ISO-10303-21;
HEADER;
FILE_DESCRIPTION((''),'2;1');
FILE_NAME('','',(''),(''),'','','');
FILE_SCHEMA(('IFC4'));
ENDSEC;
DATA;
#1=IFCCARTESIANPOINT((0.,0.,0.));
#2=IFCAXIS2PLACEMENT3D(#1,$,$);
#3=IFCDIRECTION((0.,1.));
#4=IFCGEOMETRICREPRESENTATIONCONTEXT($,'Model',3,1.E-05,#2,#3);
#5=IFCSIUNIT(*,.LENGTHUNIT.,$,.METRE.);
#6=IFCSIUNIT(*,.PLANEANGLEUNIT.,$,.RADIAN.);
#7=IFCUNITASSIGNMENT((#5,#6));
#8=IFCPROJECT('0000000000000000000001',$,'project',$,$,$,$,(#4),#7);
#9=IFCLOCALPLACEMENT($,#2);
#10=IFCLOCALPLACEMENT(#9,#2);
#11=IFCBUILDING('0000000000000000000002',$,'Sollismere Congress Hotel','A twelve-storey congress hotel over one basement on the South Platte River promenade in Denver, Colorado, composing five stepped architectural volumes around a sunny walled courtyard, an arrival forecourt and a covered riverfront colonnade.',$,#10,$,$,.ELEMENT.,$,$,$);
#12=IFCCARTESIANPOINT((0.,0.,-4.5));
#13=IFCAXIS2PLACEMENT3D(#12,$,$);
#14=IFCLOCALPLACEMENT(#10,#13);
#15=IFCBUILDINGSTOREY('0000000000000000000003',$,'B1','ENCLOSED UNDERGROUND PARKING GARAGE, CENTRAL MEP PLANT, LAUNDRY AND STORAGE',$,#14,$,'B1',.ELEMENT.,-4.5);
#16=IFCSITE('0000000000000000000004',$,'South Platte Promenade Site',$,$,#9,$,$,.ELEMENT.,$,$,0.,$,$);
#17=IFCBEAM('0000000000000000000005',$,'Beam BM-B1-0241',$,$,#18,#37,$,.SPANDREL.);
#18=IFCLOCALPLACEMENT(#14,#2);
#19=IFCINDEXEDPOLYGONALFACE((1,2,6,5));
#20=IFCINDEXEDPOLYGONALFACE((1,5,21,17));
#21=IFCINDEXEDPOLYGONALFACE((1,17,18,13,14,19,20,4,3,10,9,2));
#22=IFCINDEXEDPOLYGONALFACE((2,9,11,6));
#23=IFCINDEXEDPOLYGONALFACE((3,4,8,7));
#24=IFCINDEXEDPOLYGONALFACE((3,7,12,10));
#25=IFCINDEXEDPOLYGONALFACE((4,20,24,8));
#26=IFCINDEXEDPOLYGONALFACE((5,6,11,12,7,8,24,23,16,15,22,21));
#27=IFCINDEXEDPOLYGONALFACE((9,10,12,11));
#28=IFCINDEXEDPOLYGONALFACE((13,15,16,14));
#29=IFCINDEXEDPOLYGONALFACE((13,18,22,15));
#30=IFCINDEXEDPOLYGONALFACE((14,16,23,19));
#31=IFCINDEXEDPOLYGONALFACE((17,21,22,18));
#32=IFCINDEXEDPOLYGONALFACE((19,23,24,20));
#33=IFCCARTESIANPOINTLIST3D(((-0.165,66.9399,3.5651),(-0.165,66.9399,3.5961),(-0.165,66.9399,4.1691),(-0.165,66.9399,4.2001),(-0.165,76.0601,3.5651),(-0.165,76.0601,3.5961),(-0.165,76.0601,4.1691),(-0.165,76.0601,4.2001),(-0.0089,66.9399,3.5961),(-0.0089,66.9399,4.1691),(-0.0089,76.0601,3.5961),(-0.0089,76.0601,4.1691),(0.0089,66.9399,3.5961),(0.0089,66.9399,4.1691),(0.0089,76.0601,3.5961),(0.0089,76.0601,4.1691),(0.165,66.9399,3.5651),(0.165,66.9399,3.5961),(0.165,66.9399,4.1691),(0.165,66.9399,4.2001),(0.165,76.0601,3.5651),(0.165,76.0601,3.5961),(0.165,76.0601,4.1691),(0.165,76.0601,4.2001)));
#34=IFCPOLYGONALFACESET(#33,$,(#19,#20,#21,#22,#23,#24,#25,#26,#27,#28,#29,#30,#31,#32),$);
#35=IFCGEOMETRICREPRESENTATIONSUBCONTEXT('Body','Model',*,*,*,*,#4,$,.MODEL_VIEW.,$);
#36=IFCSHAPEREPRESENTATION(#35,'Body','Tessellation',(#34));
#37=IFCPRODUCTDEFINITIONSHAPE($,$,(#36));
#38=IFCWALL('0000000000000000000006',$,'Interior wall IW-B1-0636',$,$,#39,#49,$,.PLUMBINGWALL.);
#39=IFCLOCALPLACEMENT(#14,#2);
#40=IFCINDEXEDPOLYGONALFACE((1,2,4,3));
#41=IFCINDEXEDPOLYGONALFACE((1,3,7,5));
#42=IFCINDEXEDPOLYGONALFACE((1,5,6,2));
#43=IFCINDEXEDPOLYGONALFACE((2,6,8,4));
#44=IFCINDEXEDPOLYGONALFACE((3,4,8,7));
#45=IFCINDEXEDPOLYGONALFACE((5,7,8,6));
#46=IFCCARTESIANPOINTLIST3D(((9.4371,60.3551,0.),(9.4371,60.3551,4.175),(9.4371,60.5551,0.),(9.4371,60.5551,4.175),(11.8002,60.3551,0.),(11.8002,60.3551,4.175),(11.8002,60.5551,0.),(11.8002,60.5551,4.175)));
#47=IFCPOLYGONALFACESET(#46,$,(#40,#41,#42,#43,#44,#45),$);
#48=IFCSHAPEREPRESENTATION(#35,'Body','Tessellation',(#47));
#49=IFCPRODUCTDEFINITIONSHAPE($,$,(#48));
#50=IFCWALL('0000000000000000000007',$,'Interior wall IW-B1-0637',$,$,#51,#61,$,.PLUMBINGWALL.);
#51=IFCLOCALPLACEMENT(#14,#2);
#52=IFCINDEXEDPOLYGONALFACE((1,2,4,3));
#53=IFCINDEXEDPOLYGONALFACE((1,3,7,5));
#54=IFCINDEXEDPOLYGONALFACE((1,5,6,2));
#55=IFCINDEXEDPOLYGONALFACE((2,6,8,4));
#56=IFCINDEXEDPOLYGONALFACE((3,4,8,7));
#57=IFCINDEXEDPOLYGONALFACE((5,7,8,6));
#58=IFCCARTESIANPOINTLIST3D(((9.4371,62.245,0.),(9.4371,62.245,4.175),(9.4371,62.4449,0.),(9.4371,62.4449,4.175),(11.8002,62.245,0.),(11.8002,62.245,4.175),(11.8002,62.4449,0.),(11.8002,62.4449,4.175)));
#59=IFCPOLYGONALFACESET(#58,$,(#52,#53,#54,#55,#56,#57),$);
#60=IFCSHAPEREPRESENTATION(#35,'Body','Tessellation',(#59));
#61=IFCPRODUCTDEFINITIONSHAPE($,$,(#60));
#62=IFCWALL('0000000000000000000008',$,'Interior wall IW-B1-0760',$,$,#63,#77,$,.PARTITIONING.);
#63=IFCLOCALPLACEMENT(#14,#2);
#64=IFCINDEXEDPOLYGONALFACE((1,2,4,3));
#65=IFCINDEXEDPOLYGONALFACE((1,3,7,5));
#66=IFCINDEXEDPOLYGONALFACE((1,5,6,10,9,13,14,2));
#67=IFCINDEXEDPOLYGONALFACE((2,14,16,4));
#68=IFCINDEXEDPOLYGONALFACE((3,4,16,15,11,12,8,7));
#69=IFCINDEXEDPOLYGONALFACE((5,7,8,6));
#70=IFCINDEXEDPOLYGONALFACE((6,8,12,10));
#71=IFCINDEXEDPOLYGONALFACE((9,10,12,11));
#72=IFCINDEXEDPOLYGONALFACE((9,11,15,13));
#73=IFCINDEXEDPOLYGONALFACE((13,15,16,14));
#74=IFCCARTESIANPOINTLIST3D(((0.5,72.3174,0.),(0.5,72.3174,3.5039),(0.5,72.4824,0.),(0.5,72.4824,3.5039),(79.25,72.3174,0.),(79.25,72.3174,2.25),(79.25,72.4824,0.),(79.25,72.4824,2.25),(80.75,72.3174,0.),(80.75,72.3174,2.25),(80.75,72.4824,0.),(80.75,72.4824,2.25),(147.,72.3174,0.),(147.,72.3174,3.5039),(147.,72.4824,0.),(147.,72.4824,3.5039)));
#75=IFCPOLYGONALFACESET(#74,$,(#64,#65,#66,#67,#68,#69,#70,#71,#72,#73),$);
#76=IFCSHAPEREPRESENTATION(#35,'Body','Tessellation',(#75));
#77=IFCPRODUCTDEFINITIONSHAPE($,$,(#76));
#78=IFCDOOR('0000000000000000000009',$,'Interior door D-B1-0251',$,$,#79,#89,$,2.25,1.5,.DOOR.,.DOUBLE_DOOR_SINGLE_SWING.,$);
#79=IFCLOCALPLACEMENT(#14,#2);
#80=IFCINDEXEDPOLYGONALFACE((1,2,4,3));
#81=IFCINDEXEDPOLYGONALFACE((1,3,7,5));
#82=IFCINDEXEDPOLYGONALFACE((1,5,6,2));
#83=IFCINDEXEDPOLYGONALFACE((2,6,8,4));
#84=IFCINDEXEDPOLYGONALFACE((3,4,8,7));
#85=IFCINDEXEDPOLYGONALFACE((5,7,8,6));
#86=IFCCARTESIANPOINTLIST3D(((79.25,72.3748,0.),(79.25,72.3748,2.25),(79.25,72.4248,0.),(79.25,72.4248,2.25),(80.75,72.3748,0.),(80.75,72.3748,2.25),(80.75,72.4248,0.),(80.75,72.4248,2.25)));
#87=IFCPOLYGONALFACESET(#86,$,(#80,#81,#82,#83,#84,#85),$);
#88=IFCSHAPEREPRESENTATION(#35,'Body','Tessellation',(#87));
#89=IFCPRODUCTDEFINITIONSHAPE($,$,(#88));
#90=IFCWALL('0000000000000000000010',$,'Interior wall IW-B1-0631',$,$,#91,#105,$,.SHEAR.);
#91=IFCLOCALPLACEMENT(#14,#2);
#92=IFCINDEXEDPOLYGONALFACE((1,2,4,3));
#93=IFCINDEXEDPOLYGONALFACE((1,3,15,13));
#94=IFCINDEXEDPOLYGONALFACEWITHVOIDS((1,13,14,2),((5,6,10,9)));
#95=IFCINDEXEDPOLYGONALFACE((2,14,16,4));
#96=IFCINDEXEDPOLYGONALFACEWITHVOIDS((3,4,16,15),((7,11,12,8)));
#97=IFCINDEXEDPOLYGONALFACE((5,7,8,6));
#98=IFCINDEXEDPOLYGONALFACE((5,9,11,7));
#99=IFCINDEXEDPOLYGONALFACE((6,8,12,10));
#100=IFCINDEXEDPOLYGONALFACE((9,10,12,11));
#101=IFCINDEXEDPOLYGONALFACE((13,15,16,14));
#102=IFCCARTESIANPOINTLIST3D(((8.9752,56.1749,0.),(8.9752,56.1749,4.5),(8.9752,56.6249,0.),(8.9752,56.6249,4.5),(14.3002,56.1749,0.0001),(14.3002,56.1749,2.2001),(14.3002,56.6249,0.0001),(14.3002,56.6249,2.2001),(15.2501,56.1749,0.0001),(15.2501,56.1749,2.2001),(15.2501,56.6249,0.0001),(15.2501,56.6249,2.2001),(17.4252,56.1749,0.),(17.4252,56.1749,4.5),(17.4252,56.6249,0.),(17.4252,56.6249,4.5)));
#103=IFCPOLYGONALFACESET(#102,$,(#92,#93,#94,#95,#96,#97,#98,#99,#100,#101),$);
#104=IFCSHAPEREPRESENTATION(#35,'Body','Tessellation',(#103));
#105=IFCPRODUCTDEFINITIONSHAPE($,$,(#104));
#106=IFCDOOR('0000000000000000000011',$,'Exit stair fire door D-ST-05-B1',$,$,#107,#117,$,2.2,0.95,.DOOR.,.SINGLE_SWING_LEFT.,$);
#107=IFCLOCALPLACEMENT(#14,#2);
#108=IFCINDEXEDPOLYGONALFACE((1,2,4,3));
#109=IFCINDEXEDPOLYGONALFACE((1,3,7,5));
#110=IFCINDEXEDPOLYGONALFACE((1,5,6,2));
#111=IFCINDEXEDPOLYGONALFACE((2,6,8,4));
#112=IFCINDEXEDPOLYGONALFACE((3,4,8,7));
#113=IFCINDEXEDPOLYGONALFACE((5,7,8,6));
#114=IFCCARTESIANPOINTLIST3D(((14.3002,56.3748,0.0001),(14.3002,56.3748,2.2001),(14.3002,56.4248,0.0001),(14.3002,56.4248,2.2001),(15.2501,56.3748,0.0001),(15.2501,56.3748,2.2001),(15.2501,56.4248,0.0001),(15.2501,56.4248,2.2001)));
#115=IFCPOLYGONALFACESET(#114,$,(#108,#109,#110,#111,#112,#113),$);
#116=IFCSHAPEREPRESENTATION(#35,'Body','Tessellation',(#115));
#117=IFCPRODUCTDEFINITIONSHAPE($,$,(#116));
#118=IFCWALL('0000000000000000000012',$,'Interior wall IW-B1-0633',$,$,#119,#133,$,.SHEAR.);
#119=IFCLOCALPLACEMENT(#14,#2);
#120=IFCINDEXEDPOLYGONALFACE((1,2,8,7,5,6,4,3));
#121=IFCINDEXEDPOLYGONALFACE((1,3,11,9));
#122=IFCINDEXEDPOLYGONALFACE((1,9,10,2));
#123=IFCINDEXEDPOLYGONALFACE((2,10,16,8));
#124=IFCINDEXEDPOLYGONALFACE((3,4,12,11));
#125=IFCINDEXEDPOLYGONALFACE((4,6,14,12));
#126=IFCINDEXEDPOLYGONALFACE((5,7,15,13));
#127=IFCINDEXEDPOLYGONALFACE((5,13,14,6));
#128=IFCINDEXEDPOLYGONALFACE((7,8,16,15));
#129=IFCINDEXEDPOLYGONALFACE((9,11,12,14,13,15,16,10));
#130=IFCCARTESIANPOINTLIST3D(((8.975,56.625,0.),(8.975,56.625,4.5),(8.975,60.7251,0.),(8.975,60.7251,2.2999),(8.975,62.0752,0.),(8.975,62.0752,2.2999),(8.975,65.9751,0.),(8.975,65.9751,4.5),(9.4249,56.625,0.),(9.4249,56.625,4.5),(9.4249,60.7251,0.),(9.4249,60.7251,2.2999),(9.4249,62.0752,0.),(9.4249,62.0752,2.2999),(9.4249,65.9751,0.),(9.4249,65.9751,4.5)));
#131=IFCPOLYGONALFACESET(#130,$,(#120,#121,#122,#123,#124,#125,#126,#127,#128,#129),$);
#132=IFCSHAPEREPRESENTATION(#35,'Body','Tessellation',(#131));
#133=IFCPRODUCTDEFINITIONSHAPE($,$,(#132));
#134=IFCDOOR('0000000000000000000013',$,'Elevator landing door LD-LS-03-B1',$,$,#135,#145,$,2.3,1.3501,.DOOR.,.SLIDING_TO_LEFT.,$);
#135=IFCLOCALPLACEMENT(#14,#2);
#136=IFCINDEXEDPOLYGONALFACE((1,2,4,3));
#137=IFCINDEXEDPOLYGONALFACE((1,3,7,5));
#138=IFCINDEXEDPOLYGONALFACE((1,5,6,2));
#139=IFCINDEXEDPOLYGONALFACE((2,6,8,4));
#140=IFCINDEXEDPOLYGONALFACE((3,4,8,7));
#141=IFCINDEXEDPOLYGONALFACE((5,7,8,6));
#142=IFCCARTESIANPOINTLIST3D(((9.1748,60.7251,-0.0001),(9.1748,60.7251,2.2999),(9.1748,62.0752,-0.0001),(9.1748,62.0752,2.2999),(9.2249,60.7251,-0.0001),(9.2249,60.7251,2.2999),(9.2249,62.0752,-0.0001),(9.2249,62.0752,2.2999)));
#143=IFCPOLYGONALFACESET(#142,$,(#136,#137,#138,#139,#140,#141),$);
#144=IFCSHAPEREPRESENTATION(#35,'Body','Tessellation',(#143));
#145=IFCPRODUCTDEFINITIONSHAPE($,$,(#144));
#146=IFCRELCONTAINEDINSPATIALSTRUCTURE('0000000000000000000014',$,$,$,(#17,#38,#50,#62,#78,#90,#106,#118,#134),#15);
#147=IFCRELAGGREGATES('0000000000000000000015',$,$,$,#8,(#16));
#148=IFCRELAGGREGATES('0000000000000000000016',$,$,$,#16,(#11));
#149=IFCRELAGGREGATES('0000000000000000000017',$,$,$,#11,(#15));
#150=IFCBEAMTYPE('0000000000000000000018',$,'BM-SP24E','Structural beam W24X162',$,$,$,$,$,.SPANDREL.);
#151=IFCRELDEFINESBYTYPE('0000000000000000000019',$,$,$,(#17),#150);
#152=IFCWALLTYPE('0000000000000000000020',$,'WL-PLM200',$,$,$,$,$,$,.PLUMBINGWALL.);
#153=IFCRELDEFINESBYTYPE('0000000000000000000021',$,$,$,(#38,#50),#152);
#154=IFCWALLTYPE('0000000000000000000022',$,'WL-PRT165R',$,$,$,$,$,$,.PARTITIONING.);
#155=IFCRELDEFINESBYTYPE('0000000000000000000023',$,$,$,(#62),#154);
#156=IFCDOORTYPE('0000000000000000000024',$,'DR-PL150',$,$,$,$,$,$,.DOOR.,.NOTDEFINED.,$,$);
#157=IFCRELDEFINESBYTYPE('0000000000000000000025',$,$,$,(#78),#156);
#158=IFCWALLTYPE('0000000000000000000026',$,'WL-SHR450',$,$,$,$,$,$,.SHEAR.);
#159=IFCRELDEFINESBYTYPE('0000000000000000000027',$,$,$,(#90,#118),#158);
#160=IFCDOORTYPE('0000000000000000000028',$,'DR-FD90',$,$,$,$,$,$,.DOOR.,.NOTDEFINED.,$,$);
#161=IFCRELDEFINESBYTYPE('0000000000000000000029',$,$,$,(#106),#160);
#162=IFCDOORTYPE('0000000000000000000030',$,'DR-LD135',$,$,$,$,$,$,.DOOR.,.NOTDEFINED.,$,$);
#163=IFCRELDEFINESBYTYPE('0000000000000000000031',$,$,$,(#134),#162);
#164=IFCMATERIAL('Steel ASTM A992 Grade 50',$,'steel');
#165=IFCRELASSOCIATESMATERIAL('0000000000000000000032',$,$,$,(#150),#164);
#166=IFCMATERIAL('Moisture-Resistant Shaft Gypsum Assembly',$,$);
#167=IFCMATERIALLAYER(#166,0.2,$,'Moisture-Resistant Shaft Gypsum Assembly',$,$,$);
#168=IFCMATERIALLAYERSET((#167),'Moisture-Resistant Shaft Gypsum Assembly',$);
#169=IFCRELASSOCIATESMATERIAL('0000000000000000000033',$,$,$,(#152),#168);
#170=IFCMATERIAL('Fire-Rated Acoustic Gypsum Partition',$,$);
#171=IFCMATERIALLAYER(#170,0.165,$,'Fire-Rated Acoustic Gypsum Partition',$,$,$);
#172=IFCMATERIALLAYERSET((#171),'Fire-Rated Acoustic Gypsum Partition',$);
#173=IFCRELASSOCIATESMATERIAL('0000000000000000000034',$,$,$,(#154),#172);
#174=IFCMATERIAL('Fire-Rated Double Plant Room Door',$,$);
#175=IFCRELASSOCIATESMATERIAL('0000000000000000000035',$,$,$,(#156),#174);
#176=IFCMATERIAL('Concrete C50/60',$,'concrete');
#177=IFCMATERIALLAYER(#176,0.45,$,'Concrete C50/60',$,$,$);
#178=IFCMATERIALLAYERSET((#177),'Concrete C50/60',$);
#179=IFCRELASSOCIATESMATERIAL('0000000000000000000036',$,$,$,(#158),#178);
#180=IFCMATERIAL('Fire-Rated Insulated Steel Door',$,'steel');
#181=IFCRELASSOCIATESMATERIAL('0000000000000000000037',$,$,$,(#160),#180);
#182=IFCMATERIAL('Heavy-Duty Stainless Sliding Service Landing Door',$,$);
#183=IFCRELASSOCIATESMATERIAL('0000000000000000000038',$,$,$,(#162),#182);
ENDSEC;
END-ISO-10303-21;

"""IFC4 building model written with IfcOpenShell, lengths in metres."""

from ifc_helpers import new_model, si_unit, direction, frame, frame_2d, origin, origin_2d, place, context, subcontext, project, spatial, rectangle, i_section, extrude, material, layer, layer_set, material_profile, profile_set, type_object, element, fill, save


model = new_model("IFC4")

# Units and contexts
model_context = context("Model", 3, precision=1e-05, world=origin(), true_north=direction((0.0, 1.0)))
body_context = subcontext(model_context, "Body", "Model", "MODEL_VIEW")
ifc_project = project(units=[si_unit("LENGTHUNIT", "METRE"), si_unit("PLANEANGLEUNIT", "RADIAN")], contexts=[model_context])

# Site, building, storey
site_placement = place(None, origin())
site = spatial("IfcSite", under=ifc_project, at=site_placement, Name="South Platte Promenade Site", CompositionType="ELEMENT", RefElevation=0.0)
building_placement = place(site_placement, origin())
building = spatial("IfcBuilding", under=site, at=building_placement, Name="Sollismere Congress Hotel", Description="A twelve-storey congress hotel over one basement on the South Platte River promenade in Denver, Colorado, composing five stepped architectural volumes around a sunny walled courtyard, an arrival forecourt and a covered riverfront colonnade.", CompositionType="ELEMENT")
storey_placement = place(building_placement, frame((0.0, 0.0, -4.5)))
storey = spatial("IfcBuildingStorey", under=building, at=storey_placement, Name="B1", Description="ENCLOSED UNDERGROUND PARKING GARAGE, CENTRAL MEP PLANT, LAUNDRY AND STORAGE", LongName="B1", CompositionType="ELEMENT", Elevation=-4.5)

# Shared definitions
ifc_material_1 = material(Name="Concrete C50/60", Category="concrete")

# Beam
ifc_material_2 = material(Name="Steel ASTM A992 Grade 50", Category="steel")
ifc_material_profile_1 = material_profile(ifc_material_2, i_section(OverallWidth=0.3301, OverallDepth=0.635, WebThickness=0.0178, FlangeThickness=0.031, at=origin_2d()), Name="W24X162")
ifc_profile_set_1 = profile_set([ifc_material_profile_1], Name="Steel ASTM A992 Grade 50")
beam_type = type_object("IfcBeamType", Name="BM-SP24E", Description="Structural beam W24X162", PredefinedType="SPANDREL", material=ifc_profile_set_1)
beam_1_placement = place(storey_placement, frame((0.0, 66.9399, 3.8826), z_axis=(0.0, 1.0, 0.0), x_axis=(-1.0, 0.0, 0.0)))
element("IfcBeam", 1, at=beam_1_placement, inside=storey, type_object=beam_type, Name="Beam BM-B1-0241", PredefinedType="SPANDREL", context=body_context, shape_type="SweptSolid", body=[
    extrude(i_section(OverallWidth=0.3301, OverallDepth=0.635, WebThickness=0.0178, FlangeThickness=0.031, at=origin_2d()), origin(), (0.0, 0.0, 1.0), 9.1201),
])

# Walls
ifc_material_3 = material(Name="Moisture-Resistant Shaft Gypsum Assembly")
ifc_layer_1 = layer(ifc_material_3, 0.2, Name="Moisture-Resistant Shaft Gypsum Assembly")
ifc_layer_set_1 = layer_set([ifc_layer_1], Name="Moisture-Resistant Shaft Gypsum Assembly")
wall_type_1 = type_object("IfcWallType", Name="WL-PLM200", PredefinedType="PLUMBINGWALL", material=ifc_layer_set_1)
for number, where, z_axis, x_axis, name in (
    (2, (9.437, 60.4551, 0.0), (0.0, 0.0, 1.0), (1.0, 0.0, 0.0), "Interior wall IW-B1-0636"),
    (3, (9.437, 62.345, 0.0), (0.0, 0.0, 1.0), (1.0, 0.0, 0.0), "Interior wall IW-B1-0637"),
):
    element("IfcWall", number, at=place(storey_placement, frame(where, z_axis=z_axis, x_axis=x_axis)), inside=storey, type_object=wall_type_1, Name=name, PredefinedType="PLUMBINGWALL", context=body_context, shape_type="SweptSolid", body=[
        extrude(rectangle(XDim=2.363, YDim=0.2, at=frame_2d((1.1816, 0.0))), origin(), (0.0, 0.0, 1.0), 4.175),
    ])

# Walls, openings, doors
ifc_material_4 = material(Name="Fire-Rated Acoustic Gypsum Partition")
ifc_layer_2 = layer(ifc_material_4, 0.165, Name="Fire-Rated Acoustic Gypsum Partition")
ifc_layer_set_2 = layer_set([ifc_layer_2], Name="Fire-Rated Acoustic Gypsum Partition")
wall_type_2 = type_object("IfcWallType", Name="WL-PRT165R", PredefinedType="PARTITIONING", material=ifc_layer_set_2)
wall_1_placement = place(storey_placement, frame((0.5, 72.3999, 0.0), z_axis=(0.0, 0.0, 1.0), x_axis=(1.0, 0.0, 0.0)))
wall_1 = element("IfcWall", 4, at=wall_1_placement, inside=storey, type_object=wall_type_2, Name="Interior wall IW-B1-0760", PredefinedType="PARTITIONING", context=body_context, shape_type="SweptSolid", body=[
    extrude(rectangle(XDim=146.5, YDim=0.165, at=frame_2d((73.25, 0.0))), origin(), (0.0, 0.0, 1.0), 3.5039),
])
opening_1_placement = place(wall_1_placement, frame((78.75, 0.0, 0.0)))
opening_1 = element("IfcOpeningElement", 5, at=opening_1_placement, cuts=wall_1, PredefinedType="OPENING", context=body_context, shape_type="SweptSolid", body=[
    extrude(rectangle(XDim=1.5, YDim=2.25, at=frame_2d((0.75, 1.125))), frame((0.0, 0.0925, 0.0), z_axis=(0.0, -1.0, 0.0), x_axis=(1.0, 0.0, 0.0)), (0.0, 0.0, 1.0), 0.1851),
])
ifc_material_5 = material(Name="Fire-Rated Double Plant Room Door")
door_type_1 = type_object("IfcDoorType", Name="DR-PL150", OperationType="NOTDEFINED", PredefinedType="DOOR", material=ifc_material_5)
door_1_placement = place(opening_1_placement, origin())
door_1 = element("IfcDoor", 6, at=door_1_placement, inside=storey, type_object=door_type_1, Name="Interior door D-B1-0251", OperationType="DOUBLE_DOOR_SINGLE_SWING", OverallHeight=2.25, OverallWidth=1.5, PredefinedType="DOOR", context=body_context, shape_type="SweptSolid", body=[
    extrude(rectangle(XDim=1.5, YDim=2.25, at=frame_2d((0.75, 1.125))), frame((0.0, 0.0249, 0.0), z_axis=(0.0, -1.0, 0.0), x_axis=(1.0, 0.0, 0.0)), (0.0, 0.0, 1.0), 0.05),
])
fill(opening_1, door_1)
ifc_layer_3 = layer(ifc_material_1, 0.45, Name="Concrete C50/60")
ifc_layer_set_3 = layer_set([ifc_layer_3], Name="Concrete C50/60")
wall_type_3 = type_object("IfcWallType", Name="WL-SHR450", PredefinedType="SHEAR", material=ifc_layer_set_3)
wall_2_placement = place(storey_placement, frame((8.9751, 56.3999, 0.0), z_axis=(0.0, 0.0, 1.0), x_axis=(1.0, 0.0, 0.0)))
wall_2 = element("IfcWall", 7, at=wall_2_placement, inside=storey, type_object=wall_type_3, Name="Interior wall IW-B1-0631", PredefinedType="SHEAR", context=body_context, shape_type="SweptSolid", body=[
    extrude(rectangle(XDim=8.45, YDim=0.45, at=frame_2d((4.2251, 0.0))), origin(), (0.0, 0.0, 1.0), 4.5),
])
opening_2_placement = place(wall_2_placement, frame((5.325, 0.0, 0.0)))
opening_2 = element("IfcOpeningElement", 8, at=opening_2_placement, cuts=wall_2, PredefinedType="OPENING", context=body_context, shape_type="SweptSolid", body=[
    extrude(rectangle(XDim=0.95, YDim=2.2, at=frame_2d((0.4751, 1.1001))), frame((0.0, 0.2349, 0.0), z_axis=(0.0, -1.0, 0.0), x_axis=(1.0, 0.0, 0.0)), (0.0, 0.0, 1.0), 0.47),
])
ifc_material_6 = material(Name="Fire-Rated Insulated Steel Door", Category="steel")
door_type_2 = type_object("IfcDoorType", Name="DR-FD90", OperationType="NOTDEFINED", PredefinedType="DOOR", material=ifc_material_6)
door_2_placement = place(opening_2_placement, origin())
door_2 = element("IfcDoor", 9, at=door_2_placement, inside=storey, type_object=door_type_2, Name="Exit stair fire door D-ST-05-B1", OperationType="SINGLE_SWING_LEFT", OverallHeight=2.2, OverallWidth=0.95, PredefinedType="DOOR", context=body_context, shape_type="SweptSolid", body=[
    extrude(rectangle(XDim=0.95, YDim=2.2, at=frame_2d((0.4751, 1.1001))), frame((0.0, 0.0249, 0.0), z_axis=(0.0, -1.0, 0.0), x_axis=(1.0, 0.0, 0.0)), (0.0, 0.0, 1.0), 0.05),
])
fill(opening_2, door_2)
wall_3_placement = place(storey_placement, frame((9.2, 65.9751, 0.0), z_axis=(0.0, 0.0, 1.0), x_axis=(0.0, -1.0, 0.0)))
wall_3 = element("IfcWall", 10, at=wall_3_placement, inside=storey, type_object=wall_type_3, Name="Interior wall IW-B1-0633", PredefinedType="SHEAR", context=body_context, shape_type="SweptSolid", body=[
    extrude(rectangle(XDim=9.3501, YDim=0.45, at=frame_2d((4.675, 0.0))), origin(), (0.0, 0.0, 1.0), 4.5),
])
opening_3_placement = place(wall_3_placement, frame((3.8999, 0.0, 0.0)))
opening_3 = element("IfcOpeningElement", 11, at=opening_3_placement, cuts=wall_3, PredefinedType="OPENING", context=body_context, shape_type="SweptSolid", body=[
    extrude(rectangle(XDim=1.3501, YDim=2.3, at=frame_2d((0.675, 1.1499))), frame((0.0, 0.2349, 0.0), z_axis=(0.0, -1.0, 0.0), x_axis=(1.0, 0.0, 0.0)), (0.0, 0.0, 1.0), 0.47),
])
ifc_material_7 = material(Name="Heavy-Duty Stainless Sliding Service Landing Door")
door_type_3 = type_object("IfcDoorType", Name="DR-LD135", OperationType="NOTDEFINED", PredefinedType="DOOR", material=ifc_material_7)
door_3_placement = place(opening_3_placement, origin())
door_3 = element("IfcDoor", 12, at=door_3_placement, inside=storey, type_object=door_type_3, Name="Elevator landing door LD-LS-03-B1", OperationType="SLIDING_TO_LEFT", OverallHeight=2.3, OverallWidth=1.3501, PredefinedType="DOOR", context=body_context, shape_type="SweptSolid", body=[
    extrude(rectangle(XDim=1.3501, YDim=2.3, at=frame_2d((0.675, 1.1499))), frame((0.0, 0.0249, 0.0), z_axis=(0.0, -1.0, 0.0), x_axis=(1.0, 0.0, 0.0)), (0.0, 0.0, 1.0), 0.05),
])
fill(opening_3, door_3)

save(model, "model.ifc")
